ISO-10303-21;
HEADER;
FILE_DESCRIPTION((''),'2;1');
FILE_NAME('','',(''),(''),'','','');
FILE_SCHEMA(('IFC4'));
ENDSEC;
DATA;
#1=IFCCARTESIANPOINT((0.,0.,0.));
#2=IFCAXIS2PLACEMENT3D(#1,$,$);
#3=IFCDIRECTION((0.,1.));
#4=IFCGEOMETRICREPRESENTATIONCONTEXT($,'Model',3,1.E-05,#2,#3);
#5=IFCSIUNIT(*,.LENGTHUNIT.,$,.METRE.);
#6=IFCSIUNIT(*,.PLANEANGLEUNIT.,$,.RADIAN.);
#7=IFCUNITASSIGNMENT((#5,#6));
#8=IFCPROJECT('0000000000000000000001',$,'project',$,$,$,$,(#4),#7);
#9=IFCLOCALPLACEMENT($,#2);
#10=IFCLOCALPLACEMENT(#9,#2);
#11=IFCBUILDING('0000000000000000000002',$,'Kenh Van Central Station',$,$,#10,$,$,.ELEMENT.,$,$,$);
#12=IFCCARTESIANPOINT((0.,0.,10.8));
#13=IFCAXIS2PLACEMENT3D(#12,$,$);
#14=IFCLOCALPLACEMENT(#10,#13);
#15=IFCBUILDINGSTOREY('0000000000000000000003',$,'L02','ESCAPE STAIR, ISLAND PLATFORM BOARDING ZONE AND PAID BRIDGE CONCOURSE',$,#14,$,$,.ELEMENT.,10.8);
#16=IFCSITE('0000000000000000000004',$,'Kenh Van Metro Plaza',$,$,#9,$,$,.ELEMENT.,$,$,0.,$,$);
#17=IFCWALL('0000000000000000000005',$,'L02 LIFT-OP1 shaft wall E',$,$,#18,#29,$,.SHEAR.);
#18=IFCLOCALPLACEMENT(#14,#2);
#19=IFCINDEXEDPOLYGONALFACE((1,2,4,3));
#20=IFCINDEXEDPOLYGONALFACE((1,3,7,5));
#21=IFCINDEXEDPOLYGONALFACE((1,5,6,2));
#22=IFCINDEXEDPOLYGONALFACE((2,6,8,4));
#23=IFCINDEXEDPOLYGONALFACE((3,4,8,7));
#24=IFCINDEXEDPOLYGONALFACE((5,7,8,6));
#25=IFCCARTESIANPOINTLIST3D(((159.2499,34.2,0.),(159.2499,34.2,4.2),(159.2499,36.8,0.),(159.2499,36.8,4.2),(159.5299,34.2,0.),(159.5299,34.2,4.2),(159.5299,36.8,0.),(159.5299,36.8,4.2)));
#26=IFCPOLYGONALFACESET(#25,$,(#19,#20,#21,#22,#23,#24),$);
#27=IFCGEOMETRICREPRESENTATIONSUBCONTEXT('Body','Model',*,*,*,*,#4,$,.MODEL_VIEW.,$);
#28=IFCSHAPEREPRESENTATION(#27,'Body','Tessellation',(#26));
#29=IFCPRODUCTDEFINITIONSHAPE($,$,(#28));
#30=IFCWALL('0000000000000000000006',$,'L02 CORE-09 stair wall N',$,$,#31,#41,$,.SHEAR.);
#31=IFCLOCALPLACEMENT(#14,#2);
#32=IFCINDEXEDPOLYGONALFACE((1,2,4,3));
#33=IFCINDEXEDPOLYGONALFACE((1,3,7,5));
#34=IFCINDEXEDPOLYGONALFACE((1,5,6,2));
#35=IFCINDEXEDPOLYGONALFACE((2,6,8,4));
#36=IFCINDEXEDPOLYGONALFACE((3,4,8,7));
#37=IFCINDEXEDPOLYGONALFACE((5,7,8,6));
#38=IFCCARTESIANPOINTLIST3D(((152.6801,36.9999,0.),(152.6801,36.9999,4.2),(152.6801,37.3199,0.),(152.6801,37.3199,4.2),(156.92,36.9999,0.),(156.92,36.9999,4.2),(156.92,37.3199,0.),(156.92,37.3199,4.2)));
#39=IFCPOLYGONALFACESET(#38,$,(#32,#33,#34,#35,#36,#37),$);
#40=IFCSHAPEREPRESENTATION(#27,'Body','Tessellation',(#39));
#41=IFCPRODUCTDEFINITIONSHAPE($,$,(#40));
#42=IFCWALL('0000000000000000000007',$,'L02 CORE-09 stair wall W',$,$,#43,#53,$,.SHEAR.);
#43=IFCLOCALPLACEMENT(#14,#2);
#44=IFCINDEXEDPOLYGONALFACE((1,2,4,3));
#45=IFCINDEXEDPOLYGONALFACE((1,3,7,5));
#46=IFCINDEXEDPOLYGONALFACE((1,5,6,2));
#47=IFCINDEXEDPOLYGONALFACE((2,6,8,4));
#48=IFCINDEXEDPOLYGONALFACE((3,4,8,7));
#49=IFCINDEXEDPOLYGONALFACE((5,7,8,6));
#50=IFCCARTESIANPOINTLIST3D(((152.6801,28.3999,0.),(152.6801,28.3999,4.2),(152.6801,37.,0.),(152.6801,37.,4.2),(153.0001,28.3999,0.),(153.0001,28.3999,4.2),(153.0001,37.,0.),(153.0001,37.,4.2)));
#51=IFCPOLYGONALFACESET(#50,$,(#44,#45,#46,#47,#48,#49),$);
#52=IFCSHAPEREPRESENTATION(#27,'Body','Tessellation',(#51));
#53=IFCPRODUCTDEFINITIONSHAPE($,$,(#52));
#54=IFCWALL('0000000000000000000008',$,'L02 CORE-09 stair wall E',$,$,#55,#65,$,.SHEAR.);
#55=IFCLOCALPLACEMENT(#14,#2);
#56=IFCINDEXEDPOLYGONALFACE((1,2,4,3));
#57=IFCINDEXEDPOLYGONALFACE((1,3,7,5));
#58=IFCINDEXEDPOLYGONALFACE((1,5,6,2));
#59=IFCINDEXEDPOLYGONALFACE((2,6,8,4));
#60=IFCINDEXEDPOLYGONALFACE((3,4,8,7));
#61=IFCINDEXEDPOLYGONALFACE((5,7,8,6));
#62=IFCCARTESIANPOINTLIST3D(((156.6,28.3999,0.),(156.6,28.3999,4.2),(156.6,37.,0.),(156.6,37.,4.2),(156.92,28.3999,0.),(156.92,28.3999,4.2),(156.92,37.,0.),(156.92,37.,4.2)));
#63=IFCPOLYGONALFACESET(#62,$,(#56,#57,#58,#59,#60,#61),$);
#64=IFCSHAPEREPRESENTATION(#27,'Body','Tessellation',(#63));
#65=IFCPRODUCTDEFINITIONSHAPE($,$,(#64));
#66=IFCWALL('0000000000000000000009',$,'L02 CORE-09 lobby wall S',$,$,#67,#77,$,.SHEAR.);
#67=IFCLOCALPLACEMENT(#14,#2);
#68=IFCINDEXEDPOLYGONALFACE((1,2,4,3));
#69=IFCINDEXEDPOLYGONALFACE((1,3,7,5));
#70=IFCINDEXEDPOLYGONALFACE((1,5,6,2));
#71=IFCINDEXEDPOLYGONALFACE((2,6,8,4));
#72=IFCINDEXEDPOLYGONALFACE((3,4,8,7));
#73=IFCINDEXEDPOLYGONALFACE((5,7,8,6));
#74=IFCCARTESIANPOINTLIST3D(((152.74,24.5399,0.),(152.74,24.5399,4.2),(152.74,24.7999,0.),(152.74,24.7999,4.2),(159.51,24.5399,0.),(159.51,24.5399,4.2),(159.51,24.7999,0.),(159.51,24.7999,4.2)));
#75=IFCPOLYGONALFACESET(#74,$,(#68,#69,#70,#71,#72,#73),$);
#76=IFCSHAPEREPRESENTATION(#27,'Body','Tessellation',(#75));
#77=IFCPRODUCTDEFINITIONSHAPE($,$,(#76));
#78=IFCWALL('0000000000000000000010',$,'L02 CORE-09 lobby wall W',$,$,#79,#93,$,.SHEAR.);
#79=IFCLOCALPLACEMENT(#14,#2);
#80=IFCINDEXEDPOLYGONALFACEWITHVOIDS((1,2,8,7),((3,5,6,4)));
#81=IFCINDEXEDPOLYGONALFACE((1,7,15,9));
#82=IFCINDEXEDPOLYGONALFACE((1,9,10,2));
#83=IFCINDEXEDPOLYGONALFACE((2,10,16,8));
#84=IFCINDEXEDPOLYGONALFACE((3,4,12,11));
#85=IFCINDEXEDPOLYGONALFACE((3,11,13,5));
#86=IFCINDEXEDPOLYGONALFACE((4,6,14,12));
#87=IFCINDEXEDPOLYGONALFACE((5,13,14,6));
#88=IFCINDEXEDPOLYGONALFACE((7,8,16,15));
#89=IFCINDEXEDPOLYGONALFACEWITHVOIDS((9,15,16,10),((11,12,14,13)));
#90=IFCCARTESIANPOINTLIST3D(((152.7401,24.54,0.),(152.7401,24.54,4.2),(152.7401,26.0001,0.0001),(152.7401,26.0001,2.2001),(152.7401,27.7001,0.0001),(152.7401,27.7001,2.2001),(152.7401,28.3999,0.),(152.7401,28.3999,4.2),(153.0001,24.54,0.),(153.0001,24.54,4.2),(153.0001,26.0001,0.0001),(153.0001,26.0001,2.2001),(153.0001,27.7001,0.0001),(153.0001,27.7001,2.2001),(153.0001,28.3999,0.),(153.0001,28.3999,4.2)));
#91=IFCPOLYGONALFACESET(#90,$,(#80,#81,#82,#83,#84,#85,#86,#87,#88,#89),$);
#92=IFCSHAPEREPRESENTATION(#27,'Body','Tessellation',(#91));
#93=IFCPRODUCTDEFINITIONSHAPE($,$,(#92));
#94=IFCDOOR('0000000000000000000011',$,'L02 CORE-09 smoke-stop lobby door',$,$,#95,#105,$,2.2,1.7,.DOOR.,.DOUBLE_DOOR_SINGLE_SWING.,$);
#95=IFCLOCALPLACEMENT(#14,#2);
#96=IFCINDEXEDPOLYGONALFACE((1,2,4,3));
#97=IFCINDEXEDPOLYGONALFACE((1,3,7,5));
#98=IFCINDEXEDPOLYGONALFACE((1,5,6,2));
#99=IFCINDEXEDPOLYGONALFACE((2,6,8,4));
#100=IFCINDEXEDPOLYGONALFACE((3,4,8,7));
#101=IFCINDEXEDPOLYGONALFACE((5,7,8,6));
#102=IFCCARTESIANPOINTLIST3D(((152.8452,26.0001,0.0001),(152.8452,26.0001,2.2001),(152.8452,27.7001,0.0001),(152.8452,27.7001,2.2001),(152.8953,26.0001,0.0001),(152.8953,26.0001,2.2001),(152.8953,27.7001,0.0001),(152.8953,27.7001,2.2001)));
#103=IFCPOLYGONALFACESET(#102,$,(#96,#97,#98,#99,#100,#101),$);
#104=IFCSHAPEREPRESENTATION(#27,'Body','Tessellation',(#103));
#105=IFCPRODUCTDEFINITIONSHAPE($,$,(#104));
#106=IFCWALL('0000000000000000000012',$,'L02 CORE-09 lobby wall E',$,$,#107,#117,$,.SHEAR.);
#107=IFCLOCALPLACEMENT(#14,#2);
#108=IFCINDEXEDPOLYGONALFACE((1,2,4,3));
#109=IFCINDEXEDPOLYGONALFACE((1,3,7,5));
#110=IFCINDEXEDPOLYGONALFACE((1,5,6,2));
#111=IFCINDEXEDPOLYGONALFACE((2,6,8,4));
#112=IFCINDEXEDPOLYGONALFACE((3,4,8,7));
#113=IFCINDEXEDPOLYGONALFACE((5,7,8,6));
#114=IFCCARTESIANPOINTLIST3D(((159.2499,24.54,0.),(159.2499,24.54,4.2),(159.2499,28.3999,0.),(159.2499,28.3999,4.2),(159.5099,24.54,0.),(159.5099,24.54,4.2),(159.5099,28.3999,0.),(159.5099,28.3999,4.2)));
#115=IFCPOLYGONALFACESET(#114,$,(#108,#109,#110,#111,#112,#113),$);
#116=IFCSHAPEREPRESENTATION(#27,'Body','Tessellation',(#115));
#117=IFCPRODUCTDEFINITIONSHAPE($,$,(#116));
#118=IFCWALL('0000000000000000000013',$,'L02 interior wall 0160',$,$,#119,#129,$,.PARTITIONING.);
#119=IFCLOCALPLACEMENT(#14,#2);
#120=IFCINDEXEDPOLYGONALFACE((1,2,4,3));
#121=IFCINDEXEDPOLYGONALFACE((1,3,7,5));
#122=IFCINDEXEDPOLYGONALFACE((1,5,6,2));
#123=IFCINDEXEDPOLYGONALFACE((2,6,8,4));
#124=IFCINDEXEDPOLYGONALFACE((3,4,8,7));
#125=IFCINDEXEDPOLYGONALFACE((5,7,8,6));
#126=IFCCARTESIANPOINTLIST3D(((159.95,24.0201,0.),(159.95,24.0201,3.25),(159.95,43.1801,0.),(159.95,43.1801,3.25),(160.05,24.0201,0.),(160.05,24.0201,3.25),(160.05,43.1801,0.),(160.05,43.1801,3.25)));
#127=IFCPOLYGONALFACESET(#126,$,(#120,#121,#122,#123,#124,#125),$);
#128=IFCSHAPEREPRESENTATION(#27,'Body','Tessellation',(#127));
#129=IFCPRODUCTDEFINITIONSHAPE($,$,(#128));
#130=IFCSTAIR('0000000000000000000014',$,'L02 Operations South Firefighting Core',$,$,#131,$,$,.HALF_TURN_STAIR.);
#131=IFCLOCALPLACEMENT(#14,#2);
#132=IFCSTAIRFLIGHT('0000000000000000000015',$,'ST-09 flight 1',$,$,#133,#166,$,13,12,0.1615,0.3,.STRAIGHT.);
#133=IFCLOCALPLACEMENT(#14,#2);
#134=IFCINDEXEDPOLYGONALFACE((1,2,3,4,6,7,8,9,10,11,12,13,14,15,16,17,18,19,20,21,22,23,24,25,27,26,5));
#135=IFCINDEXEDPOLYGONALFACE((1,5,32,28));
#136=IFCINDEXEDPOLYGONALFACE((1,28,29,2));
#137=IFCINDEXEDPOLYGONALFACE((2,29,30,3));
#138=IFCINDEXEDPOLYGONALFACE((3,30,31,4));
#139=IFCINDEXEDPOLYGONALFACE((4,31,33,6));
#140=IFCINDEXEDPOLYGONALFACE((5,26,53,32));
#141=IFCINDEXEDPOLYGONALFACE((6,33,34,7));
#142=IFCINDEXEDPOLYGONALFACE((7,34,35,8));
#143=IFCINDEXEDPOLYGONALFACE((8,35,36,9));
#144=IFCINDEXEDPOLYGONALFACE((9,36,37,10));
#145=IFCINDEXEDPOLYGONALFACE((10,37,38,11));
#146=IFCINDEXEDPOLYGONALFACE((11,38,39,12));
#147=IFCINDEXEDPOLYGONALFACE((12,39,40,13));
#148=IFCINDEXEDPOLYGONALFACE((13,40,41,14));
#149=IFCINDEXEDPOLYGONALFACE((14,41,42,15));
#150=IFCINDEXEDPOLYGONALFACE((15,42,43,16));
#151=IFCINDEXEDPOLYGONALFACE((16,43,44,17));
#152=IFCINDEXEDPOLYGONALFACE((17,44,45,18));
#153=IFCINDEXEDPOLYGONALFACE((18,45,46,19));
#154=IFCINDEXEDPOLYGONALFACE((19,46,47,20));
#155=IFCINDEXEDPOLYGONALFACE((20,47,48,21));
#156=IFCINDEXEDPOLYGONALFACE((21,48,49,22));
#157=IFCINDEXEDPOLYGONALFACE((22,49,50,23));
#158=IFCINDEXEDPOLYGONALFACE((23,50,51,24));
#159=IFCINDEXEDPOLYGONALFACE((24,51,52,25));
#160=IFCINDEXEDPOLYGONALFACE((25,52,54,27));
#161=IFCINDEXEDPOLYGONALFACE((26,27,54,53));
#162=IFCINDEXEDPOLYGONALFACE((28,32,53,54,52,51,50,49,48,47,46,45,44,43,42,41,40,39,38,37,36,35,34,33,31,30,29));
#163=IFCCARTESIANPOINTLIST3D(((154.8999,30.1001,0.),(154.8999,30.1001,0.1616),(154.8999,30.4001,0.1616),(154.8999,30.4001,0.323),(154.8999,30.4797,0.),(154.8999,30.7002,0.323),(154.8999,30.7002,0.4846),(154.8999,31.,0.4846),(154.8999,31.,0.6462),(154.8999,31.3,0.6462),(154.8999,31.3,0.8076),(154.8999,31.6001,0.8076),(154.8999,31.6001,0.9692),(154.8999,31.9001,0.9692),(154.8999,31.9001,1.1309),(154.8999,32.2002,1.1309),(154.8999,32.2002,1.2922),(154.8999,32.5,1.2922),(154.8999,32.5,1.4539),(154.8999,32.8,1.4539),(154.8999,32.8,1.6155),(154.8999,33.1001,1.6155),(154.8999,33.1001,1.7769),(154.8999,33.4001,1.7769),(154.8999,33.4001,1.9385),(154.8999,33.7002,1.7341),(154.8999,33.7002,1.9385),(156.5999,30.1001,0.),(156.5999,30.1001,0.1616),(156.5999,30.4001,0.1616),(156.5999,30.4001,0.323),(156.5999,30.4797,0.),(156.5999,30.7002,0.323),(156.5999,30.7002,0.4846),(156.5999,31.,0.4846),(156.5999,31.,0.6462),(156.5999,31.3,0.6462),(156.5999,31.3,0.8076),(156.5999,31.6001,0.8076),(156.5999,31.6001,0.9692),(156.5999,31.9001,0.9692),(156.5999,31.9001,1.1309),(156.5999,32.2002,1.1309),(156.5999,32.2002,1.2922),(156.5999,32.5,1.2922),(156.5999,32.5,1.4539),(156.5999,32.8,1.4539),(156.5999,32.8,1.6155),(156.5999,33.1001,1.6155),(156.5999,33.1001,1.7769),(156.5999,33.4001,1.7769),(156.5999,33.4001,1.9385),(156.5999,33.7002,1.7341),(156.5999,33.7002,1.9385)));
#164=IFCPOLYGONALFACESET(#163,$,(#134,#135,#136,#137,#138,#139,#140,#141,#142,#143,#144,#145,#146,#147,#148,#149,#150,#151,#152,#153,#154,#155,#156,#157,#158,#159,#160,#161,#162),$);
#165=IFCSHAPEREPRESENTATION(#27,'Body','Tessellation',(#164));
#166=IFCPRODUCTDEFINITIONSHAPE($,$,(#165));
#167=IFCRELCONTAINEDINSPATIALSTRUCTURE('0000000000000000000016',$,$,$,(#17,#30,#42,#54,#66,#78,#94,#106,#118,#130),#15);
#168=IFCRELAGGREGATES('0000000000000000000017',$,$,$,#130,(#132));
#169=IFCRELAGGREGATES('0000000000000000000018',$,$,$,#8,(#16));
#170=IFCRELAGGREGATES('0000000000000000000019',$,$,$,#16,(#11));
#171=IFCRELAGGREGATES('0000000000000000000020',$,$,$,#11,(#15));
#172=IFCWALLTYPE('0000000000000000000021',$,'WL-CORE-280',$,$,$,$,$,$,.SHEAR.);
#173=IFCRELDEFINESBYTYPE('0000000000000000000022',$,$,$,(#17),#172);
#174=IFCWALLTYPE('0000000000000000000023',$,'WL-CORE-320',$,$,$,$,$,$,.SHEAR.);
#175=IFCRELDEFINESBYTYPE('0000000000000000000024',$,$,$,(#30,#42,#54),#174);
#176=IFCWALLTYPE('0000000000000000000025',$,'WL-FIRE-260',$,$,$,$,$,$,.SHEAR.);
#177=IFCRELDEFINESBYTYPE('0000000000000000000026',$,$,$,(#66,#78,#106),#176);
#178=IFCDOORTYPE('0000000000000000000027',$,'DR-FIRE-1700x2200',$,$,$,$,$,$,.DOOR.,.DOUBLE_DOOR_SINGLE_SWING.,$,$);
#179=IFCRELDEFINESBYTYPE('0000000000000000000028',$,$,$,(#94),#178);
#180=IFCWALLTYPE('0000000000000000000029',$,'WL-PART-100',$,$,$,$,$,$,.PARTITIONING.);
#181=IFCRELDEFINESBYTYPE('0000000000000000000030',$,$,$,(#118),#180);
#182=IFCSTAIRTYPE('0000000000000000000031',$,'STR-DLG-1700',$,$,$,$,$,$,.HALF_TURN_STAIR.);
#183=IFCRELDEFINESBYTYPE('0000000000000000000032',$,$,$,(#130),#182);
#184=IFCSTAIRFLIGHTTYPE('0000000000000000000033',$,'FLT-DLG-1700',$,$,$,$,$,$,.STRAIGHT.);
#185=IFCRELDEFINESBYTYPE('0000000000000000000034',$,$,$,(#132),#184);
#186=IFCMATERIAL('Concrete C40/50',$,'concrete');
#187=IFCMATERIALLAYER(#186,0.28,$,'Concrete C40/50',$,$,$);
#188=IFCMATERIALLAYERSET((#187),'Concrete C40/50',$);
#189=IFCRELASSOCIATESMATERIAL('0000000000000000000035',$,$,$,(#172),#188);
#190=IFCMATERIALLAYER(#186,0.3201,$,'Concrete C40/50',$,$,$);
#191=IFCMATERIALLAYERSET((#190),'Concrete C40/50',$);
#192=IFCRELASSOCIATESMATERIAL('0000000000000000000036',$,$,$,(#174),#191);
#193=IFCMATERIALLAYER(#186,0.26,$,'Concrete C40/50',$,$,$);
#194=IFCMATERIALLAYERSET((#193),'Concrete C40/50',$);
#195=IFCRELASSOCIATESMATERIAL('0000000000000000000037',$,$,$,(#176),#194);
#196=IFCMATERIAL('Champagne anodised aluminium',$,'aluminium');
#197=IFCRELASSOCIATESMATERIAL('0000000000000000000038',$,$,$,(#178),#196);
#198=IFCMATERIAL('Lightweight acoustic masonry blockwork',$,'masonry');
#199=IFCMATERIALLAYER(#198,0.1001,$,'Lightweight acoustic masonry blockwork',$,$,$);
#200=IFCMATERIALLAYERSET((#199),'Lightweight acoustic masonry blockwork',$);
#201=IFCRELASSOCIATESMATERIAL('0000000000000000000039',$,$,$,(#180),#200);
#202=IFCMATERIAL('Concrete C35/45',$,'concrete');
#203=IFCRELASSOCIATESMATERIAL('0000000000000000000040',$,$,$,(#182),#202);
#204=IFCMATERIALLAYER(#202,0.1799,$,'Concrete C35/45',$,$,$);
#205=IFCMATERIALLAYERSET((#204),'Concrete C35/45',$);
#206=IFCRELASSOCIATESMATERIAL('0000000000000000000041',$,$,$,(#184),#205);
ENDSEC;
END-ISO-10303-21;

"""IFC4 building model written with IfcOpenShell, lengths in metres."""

from ifc_helpers import new_model, si_unit, direction, frame, frame_2d, origin, place, context, subcontext, project, spatial, polyline, rectangle, outline, extrude, material, layer, layer_set, type_object, element, fill, aggregate, save


model = new_model("IFC4")

# Units and contexts
model_context = context("Model", 3, precision=1e-05, world=origin(), true_north=direction((0.0, 1.0)))
body_context = subcontext(model_context, "Body", "Model", "MODEL_VIEW")
ifc_project = project(units=[si_unit("LENGTHUNIT", "METRE"), si_unit("PLANEANGLEUNIT", "RADIAN")], contexts=[model_context])

# Site, building, storey
site_placement = place(None, origin())
site = spatial("IfcSite", under=ifc_project, at=site_placement, Name="Kenh Van Metro Plaza", CompositionType="ELEMENT", RefElevation=0.0)
building_placement = place(site_placement, origin())
building = spatial("IfcBuilding", under=site, at=building_placement, Name="Kenh Van Central Station", CompositionType="ELEMENT")
storey_placement = place(building_placement, frame((0.0, 0.0, 10.8)))
storey = spatial("IfcBuildingStorey", under=building, at=storey_placement, Name="L02", Description="ESCAPE STAIR, ISLAND PLATFORM BOARDING ZONE AND PAID BRIDGE CONCOURSE", CompositionType="ELEMENT", Elevation=10.8)

# Shared definitions
ifc_material_1 = material(Name="Concrete C40/50", Category="concrete")

# Shared definitions
ifc_material_2 = material(Name="Concrete C35/45", Category="concrete")

# Shared definitions
ifc_layer_1 = layer(ifc_material_1, 0.28, Name="Concrete C40/50")
ifc_layer_set_1 = layer_set([ifc_layer_1], Name="Concrete C40/50")
wall_type_1 = type_object("IfcWallType", Name="WL-CORE-280", PredefinedType="SHEAR", material=ifc_layer_set_1)
ifc_material_3 = material(Name="Champagne anodised aluminium", Category="aluminium")

# Walls
wall_1_placement = place(storey_placement, frame((159.3899, 34.2, 0.0), z_axis=(0.0, 0.0, 1.0), x_axis=(0.0, 1.0, 0.0)))
element("IfcWall", 1, at=wall_1_placement, inside=storey, type_object=wall_type_1, Name="L02 LIFT-OP1 shaft wall E", PredefinedType="SHEAR", context=body_context, shape_type="SweptSolid", body=[
    extrude(rectangle(XDim=2.6001, YDim=0.28, at=frame_2d((1.3, 0.0))), origin(), (0.0, 0.0, 1.0), 4.2),
])
ifc_layer_2 = layer(ifc_material_1, 0.3201, Name="Concrete C40/50")
ifc_layer_set_2 = layer_set([ifc_layer_2], Name="Concrete C40/50")
wall_type_2 = type_object("IfcWallType", Name="WL-CORE-320", PredefinedType="SHEAR", material=ifc_layer_set_2)
wall_2_placement = place(storey_placement, frame((152.6799, 37.1599, 0.0), z_axis=(0.0, 0.0, 1.0), x_axis=(1.0, 0.0, 0.0)))
element("IfcWall", 2, at=wall_2_placement, inside=storey, type_object=wall_type_2, Name="L02 CORE-09 stair wall N", PredefinedType="SHEAR", context=body_context, shape_type="SweptSolid", body=[
    extrude(rectangle(XDim=4.24, YDim=0.3201, at=frame_2d((2.1201, 0.0))), origin(), (0.0, 0.0, 1.0), 4.2),
])
for number, where, z_axis, x_axis, name in (
    (3, (152.8401, 28.3999, 0.0), (0.0, 0.0, 1.0), (0.0, 1.0, 0.0), "L02 CORE-09 stair wall W"),
    (4, (156.76, 28.3999, 0.0), (0.0, 0.0, 1.0), (0.0, 1.0, 0.0), "L02 CORE-09 stair wall E"),
):
    element("IfcWall", number, at=place(storey_placement, frame(where, z_axis=z_axis, x_axis=x_axis)), inside=storey, type_object=wall_type_2, Name=name, PredefinedType="SHEAR", context=body_context, shape_type="SweptSolid", body=[
        extrude(rectangle(XDim=8.6001, YDim=0.3201, at=frame_2d((4.3, 0.0))), origin(), (0.0, 0.0, 1.0), 4.2),
    ])
ifc_layer_3 = layer(ifc_material_1, 0.26, Name="Concrete C40/50")
ifc_layer_set_3 = layer_set([ifc_layer_3], Name="Concrete C40/50")
wall_type_3 = type_object("IfcWallType", Name="WL-FIRE-260", PredefinedType="SHEAR", material=ifc_layer_set_3)
wall_3_placement = place(storey_placement, frame((159.51, 24.6699, 0.0), z_axis=(0.0, 0.0, 1.0), x_axis=(-1.0, 0.0, 0.0)))
element("IfcWall", 5, at=wall_3_placement, inside=storey, type_object=wall_type_3, Name="L02 CORE-09 lobby wall S", PredefinedType="SHEAR", context=body_context, shape_type="SweptSolid", body=[
    extrude(rectangle(XDim=6.77, YDim=0.26, at=frame_2d((3.385, 0.0))), origin(), (0.0, 0.0, 1.0), 4.2),
])

# Wall, opening, door
wall_4_placement = place(storey_placement, frame((152.8701, 24.54, 0.0), z_axis=(0.0, 0.0, 1.0), x_axis=(0.0, 1.0, 0.0)))
wall_4 = element("IfcWall", 6, at=wall_4_placement, inside=storey, type_object=wall_type_3, Name="L02 CORE-09 lobby wall W", PredefinedType="SHEAR", context=body_context, shape_type="SweptSolid", body=[
    extrude(rectangle(XDim=3.8599, YDim=0.26, at=frame_2d((1.9299, 0.0))), origin(), (0.0, 0.0, 1.0), 4.2),
])
opening_1_placement = place(wall_4_placement, frame((1.46, 0.0, 0.0)))
opening_1 = element("IfcOpeningElement", 7, at=opening_1_placement, cuts=wall_4, PredefinedType="OPENING", context=body_context, shape_type="SweptSolid", body=[
    extrude(rectangle(XDim=1.7, YDim=2.2, at=frame_2d((0.8501, 1.1001))), frame((0.0, 0.1399, 0.0), z_axis=(0.0, -1.0, 0.0), x_axis=(1.0, 0.0, 0.0)), (0.0, 0.0, 1.0), 0.28),
])
door_type_1 = type_object("IfcDoorType", Name="DR-FIRE-1700x2200", OperationType="DOUBLE_DOOR_SINGLE_SWING", PredefinedType="DOOR", material=ifc_material_3)
door_1_placement = place(opening_1_placement, origin())
door_1 = element("IfcDoor", 8, at=door_1_placement, inside=storey, type_object=door_type_1, Name="L02 CORE-09 smoke-stop lobby door", OperationType="DOUBLE_DOOR_SINGLE_SWING", OverallHeight=2.2, OverallWidth=1.7, PredefinedType="DOOR", context=body_context, shape_type="SweptSolid", body=[
    extrude(rectangle(XDim=1.7, YDim=2.2, at=frame_2d((0.8501, 1.1001))), frame((0.0, 0.0249, 0.0), z_axis=(0.0, -1.0, 0.0), x_axis=(1.0, 0.0, 0.0)), (0.0, 0.0, 1.0), 0.05),
])
fill(opening_1, door_1)

# Walls
wall_5_placement = place(storey_placement, frame((159.3799, 24.54, 0.0), z_axis=(0.0, 0.0, 1.0), x_axis=(0.0, 1.0, 0.0)))
element("IfcWall", 9, at=wall_5_placement, inside=storey, type_object=wall_type_3, Name="L02 CORE-09 lobby wall E", PredefinedType="SHEAR", context=body_context, shape_type="SweptSolid", body=[
    extrude(rectangle(XDim=3.8599, YDim=0.26, at=frame_2d((1.9299, 0.0))), origin(), (0.0, 0.0, 1.0), 4.2),
])
ifc_material_4 = material(Name="Lightweight acoustic masonry blockwork", Category="masonry")
ifc_layer_4 = layer(ifc_material_4, 0.1001, Name="Lightweight acoustic masonry blockwork")
ifc_layer_set_4 = layer_set([ifc_layer_4], Name="Lightweight acoustic masonry blockwork")
wall_type_4 = type_object("IfcWallType", Name="WL-PART-100", PredefinedType="PARTITIONING", material=ifc_layer_set_4)
wall_6_placement = place(storey_placement, frame((160.0, 24.02, 0.0), z_axis=(0.0, 0.0, 1.0), x_axis=(0.0, 1.0, 0.0)))
element("IfcWall", 10, at=wall_6_placement, inside=storey, type_object=wall_type_4, Name="L02 interior wall 0160", PredefinedType="PARTITIONING", context=body_context, shape_type="SweptSolid", body=[
    extrude(rectangle(XDim=19.1599, YDim=0.1001, at=frame_2d((9.5801, 0.0))), origin(), (0.0, 0.0, 1.0), 3.25),
])

# Stair, stair flight
stair_type = type_object("IfcStairType", Name="STR-DLG-1700", PredefinedType="HALF_TURN_STAIR", material=ifc_material_2)
stair_placement = place(storey_placement, origin())
stair = element("IfcStair", 11, at=stair_placement, inside=storey, type_object=stair_type, Name="L02 Operations South Firefighting Core", PredefinedType="HALF_TURN_STAIR")
ifc_layer_5 = layer(ifc_material_2, 0.1799, Name="Concrete C35/45")
ifc_layer_set_5 = layer_set([ifc_layer_5], Name="Concrete C35/45")
stair_flight_type = type_object("IfcStairFlightType", Name="FLT-DLG-1700", PredefinedType="STRAIGHT", material=ifc_layer_set_5)
stair_flight_1_placement = place(storey_placement, frame((155.75, 30.1001, 0.0), z_axis=(0.0, 0.0, 1.0), x_axis=(0.0, 1.0, 0.0)))
stair_flight_1 = element("IfcStairFlight", 12, at=stair_flight_1_placement, type_object=stair_flight_type, Name="ST-09 flight 1", NumberOfRisers=13, NumberOfTreads=12, PredefinedType="STRAIGHT", RiserHeight=0.1615, TreadLength=0.3, context=body_context, shape_type="SweptSolid", body=[
    extrude(outline(polyline([(0.0, 0.0), (0.0, 0.1616), (0.3, 0.1616), (0.3, 0.323), (0.6001, 0.323), (0.6001, 0.4846), (0.8999, 0.4846), (0.8999, 0.6462), (1.2, 0.6462), (1.2, 0.8076), (1.5, 0.8076), (1.5, 0.9692), (1.8, 0.9692), (1.8, 1.1309), (2.1001, 1.1309), (2.1001, 1.2922), (2.3999, 1.2922), (2.3999, 1.4539), (2.7, 1.4539), (2.7, 1.6155), (3.0, 1.6155), (3.0, 1.7769), (3.3, 1.7769), (3.3, 1.9385), (3.6001, 1.9385), (3.6001, 2.1001), (3.6001, 1.7341), (0.3796, 0.0), (0.0, 0.0)])), frame((0.0, 0.8501, 0.0), z_axis=(0.0, -1.0, 0.0), x_axis=(1.0, 0.0, 0.0)), (0.0, 0.0, 1.0), 1.7),
])
aggregate(stair, [stair_flight_1])

save(model, "model.ifc")
